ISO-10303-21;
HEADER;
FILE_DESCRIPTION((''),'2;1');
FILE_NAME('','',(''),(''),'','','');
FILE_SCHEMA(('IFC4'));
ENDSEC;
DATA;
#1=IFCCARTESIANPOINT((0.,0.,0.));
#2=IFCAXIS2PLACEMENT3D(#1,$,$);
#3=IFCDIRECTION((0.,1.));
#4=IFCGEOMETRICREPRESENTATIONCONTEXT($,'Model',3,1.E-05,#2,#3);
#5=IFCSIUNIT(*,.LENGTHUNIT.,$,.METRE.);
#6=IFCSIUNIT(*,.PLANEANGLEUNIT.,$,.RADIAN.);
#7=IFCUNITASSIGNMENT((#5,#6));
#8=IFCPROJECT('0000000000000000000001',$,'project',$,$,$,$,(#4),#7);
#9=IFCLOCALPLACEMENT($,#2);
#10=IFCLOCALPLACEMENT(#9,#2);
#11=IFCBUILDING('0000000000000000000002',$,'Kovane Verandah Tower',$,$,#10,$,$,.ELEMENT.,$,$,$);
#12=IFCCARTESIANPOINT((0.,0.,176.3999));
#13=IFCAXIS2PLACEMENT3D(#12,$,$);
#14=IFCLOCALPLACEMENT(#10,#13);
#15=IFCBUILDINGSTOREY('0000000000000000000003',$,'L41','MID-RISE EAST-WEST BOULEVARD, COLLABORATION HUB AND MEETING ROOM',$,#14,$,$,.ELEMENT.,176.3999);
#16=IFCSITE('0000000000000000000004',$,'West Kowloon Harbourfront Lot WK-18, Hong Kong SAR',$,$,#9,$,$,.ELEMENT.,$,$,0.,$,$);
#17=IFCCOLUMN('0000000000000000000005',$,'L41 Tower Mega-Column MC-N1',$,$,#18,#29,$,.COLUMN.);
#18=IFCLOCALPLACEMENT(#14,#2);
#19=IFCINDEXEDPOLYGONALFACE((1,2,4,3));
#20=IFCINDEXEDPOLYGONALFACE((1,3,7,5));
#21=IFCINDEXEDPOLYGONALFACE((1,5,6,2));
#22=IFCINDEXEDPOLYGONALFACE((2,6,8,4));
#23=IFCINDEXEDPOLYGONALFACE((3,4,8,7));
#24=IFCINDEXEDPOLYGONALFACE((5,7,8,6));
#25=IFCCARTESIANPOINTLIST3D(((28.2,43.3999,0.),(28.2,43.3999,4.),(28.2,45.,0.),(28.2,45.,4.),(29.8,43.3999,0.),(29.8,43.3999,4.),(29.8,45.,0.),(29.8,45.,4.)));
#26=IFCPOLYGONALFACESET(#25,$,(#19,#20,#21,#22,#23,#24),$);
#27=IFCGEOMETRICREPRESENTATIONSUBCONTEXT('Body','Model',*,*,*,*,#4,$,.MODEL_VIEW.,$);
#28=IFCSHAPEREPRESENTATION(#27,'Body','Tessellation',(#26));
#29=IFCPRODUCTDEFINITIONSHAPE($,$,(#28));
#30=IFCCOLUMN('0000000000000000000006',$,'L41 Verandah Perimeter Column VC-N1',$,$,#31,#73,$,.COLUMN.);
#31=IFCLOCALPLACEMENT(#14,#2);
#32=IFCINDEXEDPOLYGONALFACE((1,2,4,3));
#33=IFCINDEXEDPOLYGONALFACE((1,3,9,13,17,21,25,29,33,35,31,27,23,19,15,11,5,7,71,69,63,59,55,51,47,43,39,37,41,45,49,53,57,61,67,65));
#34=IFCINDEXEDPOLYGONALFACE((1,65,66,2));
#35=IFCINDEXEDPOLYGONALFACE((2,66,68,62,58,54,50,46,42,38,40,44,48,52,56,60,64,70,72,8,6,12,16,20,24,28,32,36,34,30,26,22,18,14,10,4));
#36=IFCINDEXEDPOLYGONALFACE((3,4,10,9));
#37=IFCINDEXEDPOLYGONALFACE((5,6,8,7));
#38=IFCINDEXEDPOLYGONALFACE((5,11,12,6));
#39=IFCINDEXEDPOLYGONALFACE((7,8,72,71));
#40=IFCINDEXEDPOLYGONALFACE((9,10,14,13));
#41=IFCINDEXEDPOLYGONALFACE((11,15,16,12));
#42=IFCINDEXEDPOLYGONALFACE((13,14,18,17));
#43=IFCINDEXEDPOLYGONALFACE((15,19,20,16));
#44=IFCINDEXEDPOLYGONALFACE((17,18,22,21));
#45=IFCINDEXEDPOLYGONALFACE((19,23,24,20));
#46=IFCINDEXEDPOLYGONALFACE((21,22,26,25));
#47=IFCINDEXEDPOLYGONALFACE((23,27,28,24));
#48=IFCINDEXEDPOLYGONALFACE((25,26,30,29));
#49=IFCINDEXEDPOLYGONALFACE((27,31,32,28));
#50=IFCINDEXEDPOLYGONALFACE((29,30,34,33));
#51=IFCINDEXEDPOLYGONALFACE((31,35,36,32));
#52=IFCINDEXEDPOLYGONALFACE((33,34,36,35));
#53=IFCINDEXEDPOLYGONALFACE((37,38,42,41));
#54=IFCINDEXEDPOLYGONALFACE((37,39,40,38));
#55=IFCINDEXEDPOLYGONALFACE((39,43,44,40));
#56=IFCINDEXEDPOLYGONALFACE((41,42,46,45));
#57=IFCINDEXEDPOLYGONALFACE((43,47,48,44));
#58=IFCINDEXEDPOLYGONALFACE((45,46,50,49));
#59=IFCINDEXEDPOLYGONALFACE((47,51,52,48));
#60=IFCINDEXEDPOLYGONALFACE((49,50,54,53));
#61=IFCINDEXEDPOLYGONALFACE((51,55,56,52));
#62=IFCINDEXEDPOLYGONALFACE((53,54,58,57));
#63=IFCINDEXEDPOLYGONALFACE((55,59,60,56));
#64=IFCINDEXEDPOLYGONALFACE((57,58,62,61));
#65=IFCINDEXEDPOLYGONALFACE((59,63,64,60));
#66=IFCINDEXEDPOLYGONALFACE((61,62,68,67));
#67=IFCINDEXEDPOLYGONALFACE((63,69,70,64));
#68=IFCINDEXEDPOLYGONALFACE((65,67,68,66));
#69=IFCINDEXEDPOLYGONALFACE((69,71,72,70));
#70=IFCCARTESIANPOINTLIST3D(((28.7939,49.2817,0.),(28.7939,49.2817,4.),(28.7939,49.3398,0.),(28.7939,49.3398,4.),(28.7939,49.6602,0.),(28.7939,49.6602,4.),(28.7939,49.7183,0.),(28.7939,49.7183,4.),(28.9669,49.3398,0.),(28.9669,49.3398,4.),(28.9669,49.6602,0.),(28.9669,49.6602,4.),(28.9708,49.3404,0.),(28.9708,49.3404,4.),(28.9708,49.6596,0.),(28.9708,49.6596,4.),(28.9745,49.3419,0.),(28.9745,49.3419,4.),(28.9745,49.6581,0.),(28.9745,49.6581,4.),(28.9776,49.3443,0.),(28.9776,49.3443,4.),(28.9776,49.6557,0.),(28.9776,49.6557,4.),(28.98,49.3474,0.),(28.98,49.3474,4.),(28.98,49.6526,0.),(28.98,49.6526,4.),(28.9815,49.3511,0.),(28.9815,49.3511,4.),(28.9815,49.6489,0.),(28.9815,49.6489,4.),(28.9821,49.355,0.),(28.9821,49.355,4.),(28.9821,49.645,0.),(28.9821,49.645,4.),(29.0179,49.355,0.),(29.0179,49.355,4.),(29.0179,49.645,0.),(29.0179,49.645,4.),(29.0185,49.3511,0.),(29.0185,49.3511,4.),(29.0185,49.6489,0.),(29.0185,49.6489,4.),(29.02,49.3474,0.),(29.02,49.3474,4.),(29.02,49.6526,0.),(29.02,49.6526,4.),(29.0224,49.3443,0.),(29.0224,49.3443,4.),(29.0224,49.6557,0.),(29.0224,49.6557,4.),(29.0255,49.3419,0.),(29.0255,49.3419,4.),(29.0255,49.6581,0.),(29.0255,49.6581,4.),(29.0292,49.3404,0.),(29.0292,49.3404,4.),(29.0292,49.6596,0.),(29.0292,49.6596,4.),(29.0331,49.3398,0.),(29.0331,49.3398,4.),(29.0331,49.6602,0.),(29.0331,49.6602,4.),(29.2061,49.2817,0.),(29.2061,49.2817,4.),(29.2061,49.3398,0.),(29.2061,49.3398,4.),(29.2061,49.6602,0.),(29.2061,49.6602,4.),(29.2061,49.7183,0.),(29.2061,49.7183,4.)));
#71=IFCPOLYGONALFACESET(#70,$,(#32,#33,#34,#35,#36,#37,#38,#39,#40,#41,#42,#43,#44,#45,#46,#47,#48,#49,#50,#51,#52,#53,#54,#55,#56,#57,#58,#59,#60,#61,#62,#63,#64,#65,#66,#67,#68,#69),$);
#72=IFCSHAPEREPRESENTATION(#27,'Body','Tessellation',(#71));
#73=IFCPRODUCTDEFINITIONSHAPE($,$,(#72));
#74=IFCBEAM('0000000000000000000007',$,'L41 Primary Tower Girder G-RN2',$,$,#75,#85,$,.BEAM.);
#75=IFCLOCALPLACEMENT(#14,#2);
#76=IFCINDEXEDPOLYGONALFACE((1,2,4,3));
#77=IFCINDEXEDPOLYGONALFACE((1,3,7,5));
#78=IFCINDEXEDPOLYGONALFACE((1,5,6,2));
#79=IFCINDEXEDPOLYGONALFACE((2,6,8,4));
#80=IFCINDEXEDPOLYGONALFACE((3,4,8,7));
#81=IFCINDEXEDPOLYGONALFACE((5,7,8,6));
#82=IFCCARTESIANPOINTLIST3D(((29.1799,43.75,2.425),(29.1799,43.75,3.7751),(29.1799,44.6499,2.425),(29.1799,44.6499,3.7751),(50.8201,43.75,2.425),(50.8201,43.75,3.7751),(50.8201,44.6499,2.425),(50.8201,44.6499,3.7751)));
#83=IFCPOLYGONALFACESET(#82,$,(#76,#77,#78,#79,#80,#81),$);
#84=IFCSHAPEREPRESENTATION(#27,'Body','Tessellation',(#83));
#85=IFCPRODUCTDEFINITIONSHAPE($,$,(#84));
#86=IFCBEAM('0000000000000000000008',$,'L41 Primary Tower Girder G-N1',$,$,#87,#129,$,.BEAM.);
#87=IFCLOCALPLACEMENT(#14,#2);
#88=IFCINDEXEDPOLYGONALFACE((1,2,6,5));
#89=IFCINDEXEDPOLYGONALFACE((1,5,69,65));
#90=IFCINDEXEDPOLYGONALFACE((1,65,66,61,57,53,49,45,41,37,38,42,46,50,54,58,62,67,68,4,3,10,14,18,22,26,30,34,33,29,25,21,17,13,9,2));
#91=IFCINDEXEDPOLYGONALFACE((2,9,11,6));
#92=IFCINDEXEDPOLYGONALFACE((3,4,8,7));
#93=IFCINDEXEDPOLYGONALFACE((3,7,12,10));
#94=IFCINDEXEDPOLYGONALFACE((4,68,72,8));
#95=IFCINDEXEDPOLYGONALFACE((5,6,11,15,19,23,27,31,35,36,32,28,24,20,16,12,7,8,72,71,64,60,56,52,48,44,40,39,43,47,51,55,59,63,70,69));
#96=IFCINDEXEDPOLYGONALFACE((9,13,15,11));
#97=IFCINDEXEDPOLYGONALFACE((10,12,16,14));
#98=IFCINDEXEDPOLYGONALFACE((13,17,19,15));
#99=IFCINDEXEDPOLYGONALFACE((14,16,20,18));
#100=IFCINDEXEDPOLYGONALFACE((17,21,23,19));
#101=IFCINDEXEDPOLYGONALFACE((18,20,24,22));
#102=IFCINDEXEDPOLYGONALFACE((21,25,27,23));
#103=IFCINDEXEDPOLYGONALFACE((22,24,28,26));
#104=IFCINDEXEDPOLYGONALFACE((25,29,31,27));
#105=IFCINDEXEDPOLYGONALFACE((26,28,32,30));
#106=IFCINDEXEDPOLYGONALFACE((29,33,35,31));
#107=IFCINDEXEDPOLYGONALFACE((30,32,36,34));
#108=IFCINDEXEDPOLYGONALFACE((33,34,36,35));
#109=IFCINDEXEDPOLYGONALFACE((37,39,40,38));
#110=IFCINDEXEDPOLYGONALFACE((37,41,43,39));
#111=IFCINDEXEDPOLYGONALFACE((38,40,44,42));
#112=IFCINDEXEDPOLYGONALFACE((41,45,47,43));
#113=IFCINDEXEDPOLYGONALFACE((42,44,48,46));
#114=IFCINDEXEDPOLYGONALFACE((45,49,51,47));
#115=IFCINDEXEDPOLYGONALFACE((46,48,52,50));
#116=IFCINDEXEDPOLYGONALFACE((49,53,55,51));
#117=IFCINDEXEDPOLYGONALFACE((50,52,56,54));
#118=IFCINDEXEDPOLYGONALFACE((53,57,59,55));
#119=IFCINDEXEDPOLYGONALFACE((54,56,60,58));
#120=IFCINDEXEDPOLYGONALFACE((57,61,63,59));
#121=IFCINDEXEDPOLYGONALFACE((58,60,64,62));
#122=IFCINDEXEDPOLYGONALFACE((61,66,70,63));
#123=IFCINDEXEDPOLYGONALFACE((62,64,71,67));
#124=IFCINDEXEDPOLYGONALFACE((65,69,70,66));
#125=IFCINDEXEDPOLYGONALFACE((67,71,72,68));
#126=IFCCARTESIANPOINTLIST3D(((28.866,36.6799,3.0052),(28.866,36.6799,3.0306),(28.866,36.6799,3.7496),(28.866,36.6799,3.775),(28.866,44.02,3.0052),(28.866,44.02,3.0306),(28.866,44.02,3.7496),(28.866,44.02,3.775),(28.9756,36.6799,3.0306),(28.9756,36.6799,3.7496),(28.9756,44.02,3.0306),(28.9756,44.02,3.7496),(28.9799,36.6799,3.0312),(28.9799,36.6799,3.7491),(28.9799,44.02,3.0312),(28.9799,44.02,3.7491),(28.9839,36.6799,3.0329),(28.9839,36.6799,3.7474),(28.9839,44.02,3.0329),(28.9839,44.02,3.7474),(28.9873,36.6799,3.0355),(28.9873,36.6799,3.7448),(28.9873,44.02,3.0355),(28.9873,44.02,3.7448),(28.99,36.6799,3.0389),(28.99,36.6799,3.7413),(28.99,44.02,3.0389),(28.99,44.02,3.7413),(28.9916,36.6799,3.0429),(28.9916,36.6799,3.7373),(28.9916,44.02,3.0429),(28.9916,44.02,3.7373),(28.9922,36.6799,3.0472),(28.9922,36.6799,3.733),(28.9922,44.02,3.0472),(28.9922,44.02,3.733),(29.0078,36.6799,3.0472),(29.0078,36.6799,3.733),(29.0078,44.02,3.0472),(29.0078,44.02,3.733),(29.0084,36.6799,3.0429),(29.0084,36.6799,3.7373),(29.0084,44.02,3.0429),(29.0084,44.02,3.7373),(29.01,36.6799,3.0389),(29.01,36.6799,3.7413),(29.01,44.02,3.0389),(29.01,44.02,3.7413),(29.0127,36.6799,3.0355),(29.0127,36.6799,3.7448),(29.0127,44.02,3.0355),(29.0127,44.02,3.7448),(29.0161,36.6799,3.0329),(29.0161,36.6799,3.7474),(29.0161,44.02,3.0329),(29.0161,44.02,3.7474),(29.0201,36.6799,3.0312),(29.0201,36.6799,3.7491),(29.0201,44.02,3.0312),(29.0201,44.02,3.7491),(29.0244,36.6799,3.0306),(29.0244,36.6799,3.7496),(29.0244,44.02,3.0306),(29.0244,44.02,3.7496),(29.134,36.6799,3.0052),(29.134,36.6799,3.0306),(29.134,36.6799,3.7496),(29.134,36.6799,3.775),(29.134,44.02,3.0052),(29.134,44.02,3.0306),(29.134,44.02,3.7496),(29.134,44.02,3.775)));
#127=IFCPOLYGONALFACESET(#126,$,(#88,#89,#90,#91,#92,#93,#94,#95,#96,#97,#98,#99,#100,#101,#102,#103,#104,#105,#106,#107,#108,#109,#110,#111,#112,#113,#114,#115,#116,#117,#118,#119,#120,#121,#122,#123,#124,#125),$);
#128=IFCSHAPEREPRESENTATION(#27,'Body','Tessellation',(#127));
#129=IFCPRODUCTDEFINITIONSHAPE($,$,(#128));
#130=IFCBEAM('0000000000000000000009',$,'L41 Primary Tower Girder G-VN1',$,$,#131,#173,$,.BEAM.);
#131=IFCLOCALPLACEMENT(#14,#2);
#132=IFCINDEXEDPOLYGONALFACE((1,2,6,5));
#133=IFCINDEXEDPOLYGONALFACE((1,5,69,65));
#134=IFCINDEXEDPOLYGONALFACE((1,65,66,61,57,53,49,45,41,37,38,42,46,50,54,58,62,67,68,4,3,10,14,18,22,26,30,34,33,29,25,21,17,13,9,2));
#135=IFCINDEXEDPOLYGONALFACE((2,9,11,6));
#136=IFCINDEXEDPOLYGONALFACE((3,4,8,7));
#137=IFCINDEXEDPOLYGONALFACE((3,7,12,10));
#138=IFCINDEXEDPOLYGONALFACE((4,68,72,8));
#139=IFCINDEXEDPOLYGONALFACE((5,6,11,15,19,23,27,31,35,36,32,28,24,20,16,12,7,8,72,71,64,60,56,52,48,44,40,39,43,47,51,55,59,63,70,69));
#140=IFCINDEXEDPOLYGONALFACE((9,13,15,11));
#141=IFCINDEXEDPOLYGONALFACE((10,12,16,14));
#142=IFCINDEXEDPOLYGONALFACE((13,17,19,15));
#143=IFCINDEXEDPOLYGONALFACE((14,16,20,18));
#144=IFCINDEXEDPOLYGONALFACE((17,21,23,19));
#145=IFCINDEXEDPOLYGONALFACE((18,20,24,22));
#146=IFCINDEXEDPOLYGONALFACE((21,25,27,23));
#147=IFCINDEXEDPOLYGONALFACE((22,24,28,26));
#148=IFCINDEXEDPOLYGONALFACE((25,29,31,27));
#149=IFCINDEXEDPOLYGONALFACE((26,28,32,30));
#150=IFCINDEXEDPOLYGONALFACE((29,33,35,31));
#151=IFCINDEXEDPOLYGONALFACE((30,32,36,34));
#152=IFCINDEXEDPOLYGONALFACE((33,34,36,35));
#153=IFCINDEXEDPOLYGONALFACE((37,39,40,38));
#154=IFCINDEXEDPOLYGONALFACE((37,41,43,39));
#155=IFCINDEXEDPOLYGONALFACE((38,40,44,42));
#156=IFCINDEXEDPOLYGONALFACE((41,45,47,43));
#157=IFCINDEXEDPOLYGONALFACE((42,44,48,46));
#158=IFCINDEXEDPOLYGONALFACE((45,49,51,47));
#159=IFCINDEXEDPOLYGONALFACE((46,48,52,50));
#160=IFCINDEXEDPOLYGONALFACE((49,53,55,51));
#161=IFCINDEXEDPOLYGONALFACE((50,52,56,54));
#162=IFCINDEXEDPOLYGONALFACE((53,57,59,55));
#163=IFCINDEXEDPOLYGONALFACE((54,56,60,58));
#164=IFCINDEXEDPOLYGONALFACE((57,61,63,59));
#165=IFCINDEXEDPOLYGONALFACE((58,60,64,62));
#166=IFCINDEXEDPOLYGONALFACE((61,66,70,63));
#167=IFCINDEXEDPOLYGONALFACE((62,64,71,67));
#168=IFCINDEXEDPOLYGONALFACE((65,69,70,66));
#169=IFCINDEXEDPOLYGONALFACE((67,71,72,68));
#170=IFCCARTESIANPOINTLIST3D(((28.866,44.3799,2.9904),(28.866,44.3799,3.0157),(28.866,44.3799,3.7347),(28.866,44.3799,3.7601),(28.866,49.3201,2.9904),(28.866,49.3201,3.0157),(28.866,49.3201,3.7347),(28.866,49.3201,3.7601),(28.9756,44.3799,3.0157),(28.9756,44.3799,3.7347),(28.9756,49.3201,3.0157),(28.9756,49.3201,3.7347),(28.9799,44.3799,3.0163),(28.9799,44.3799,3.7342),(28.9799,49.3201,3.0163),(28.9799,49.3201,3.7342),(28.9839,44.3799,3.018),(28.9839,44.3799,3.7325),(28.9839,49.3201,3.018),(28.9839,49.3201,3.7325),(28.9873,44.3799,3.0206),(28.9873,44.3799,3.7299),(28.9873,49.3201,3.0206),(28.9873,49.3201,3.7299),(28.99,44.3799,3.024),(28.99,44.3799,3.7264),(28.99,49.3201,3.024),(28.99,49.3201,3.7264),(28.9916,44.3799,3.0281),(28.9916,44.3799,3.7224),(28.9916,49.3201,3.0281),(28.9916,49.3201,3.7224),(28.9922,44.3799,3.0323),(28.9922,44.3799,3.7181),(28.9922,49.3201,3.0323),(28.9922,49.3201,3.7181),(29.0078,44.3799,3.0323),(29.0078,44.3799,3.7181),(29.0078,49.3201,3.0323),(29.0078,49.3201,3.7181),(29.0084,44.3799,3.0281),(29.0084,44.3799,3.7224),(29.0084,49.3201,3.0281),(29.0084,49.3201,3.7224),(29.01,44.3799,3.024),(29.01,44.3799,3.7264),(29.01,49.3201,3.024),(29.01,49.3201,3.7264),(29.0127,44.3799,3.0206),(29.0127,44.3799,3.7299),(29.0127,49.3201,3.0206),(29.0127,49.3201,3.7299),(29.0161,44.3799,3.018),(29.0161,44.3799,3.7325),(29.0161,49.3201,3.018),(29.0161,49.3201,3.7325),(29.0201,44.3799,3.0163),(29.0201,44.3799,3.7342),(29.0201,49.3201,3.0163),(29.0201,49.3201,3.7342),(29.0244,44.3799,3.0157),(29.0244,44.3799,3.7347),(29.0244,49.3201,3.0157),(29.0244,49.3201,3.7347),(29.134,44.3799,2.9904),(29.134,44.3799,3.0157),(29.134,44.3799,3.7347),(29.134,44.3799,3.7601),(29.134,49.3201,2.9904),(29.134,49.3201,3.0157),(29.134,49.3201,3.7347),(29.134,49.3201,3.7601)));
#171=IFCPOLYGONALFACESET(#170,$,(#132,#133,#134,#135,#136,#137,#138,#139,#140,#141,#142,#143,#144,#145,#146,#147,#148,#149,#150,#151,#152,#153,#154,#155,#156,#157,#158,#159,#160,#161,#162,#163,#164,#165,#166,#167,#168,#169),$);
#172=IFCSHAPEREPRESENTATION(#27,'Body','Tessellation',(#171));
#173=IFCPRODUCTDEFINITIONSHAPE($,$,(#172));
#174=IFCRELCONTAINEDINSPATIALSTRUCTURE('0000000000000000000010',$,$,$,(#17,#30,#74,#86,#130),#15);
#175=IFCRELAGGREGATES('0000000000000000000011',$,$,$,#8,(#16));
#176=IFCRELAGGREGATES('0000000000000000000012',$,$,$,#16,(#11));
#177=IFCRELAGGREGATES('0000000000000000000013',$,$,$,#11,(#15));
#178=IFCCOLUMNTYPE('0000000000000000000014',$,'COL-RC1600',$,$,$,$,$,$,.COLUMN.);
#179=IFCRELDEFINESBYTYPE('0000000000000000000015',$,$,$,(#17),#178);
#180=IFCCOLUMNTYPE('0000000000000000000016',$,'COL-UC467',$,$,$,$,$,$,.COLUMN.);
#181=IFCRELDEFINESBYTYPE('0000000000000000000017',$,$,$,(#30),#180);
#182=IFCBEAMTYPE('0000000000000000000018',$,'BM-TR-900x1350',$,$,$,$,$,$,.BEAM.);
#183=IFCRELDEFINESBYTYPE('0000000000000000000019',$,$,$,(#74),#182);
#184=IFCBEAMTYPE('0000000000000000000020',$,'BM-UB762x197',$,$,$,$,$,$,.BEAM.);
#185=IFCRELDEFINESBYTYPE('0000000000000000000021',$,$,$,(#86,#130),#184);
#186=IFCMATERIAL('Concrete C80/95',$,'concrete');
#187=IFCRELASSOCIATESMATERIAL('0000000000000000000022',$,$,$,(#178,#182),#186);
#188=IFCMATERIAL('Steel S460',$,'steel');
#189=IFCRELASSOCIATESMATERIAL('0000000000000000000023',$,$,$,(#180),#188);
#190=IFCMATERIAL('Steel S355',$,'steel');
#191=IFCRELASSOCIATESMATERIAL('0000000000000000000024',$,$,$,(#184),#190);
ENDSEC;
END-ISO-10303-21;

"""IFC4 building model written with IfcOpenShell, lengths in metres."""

from ifc_helpers import new_model, si_unit, direction, frame, origin, origin_2d, place, context, subcontext, project, spatial, rectangle, i_section, extrude, material, material_profile, profile_set, type_object, element, save


model = new_model("IFC4")

# Units and contexts
model_context = context("Model", 3, precision=1e-05, world=origin(), true_north=direction((0.0, 1.0)))
body_context = subcontext(model_context, "Body", "Model", "MODEL_VIEW")
ifc_project = project(units=[si_unit("LENGTHUNIT", "METRE"), si_unit("PLANEANGLEUNIT", "RADIAN")], contexts=[model_context])

# Site, building, storey
site_placement = place(None, origin())
site = spatial("IfcSite", under=ifc_project, at=site_placement, Name="West Kowloon Harbourfront Lot WK-18, Hong Kong SAR", CompositionType="ELEMENT", RefElevation=0.0)
building_placement = place(site_placement, origin())
building = spatial("IfcBuilding", under=site, at=building_placement, Name="Kovane Verandah Tower", CompositionType="ELEMENT")
storey_placement = place(building_placement, frame((0.0, 0.0, 176.3999)))
storey = spatial("IfcBuildingStorey", under=building, at=storey_placement, Name="L41", Description="MID-RISE EAST-WEST BOULEVARD, COLLABORATION HUB AND MEETING ROOM", CompositionType="ELEMENT", Elevation=176.3999)

# Columns
ifc_material_1 = material(Name="Concrete C80/95", Category="concrete")
ifc_material_profile_1 = material_profile(ifc_material_1, rectangle(XDim=1.6001, YDim=1.6001, at=origin_2d()), Name="RC1600x1600")
ifc_profile_set_1 = profile_set([ifc_material_profile_1], Name="Concrete C80/95")
column_type_1 = type_object("IfcColumnType", Name="COL-RC1600", PredefinedType="COLUMN", material=ifc_profile_set_1)
column_1_placement = place(storey_placement, frame((29.0, 44.2, 0.0), z_axis=(0.0, 0.0, 1.0), x_axis=(1.0, 0.0, 0.0)))
element("IfcColumn", 1, at=column_1_placement, inside=storey, type_object=column_type_1, Name="L41 Tower Mega-Column MC-N1", PredefinedType="COLUMN", context=body_context, shape_type="SweptSolid", body=[
    extrude(rectangle(XDim=1.6001, YDim=1.6001, at=origin_2d()), origin(), (0.0, 0.0, 1.0), 4.0),
])
ifc_material_2 = material(Name="Steel S460", Category="steel")
ifc_material_profile_2 = material_profile(ifc_material_2, i_section(OverallWidth=0.4121, OverallDepth=0.4365, WebThickness=0.0359, FlangeThickness=0.0581, FilletRadius=0.0151, at=origin_2d()), Name="UC356x406x467")
ifc_profile_set_2 = profile_set([ifc_material_profile_2], Name="Steel S460")
column_type_2 = type_object("IfcColumnType", Name="COL-UC467", PredefinedType="COLUMN", material=ifc_profile_set_2)
column_2_placement = place(storey_placement, frame((29.0, 49.5, 0.0), z_axis=(0.0, 0.0, 1.0), x_axis=(1.0, 0.0, 0.0)))
element("IfcColumn", 2, at=column_2_placement, inside=storey, type_object=column_type_2, Name="L41 Verandah Perimeter Column VC-N1", PredefinedType="COLUMN", context=body_context, shape_type="SweptSolid", body=[
    extrude(i_section(OverallWidth=0.4121, OverallDepth=0.4365, WebThickness=0.0359, FlangeThickness=0.0581, FilletRadius=0.0151, at=origin_2d()), origin(), (0.0, 0.0, 1.0), 4.0),
])

# Beams
ifc_material_profile_3 = material_profile(ifc_material_1, rectangle(XDim=0.8999, YDim=1.3501, at=origin_2d()), Name="RCB900x1350")
ifc_profile_set_3 = profile_set([ifc_material_profile_3], Name="Concrete C80/95")
beam_type_1 = type_object("IfcBeamType", Name="BM-TR-900x1350", PredefinedType="BEAM", material=ifc_profile_set_3)
beam_1_placement = place(storey_placement, frame((29.1799, 44.2, 3.1001), z_axis=(1.0, 0.0, 0.0), x_axis=(0.0, 1.0, 0.0)))
element("IfcBeam", 3, at=beam_1_placement, inside=storey, type_object=beam_type_1, Name="L41 Primary Tower Girder G-RN2", PredefinedType="BEAM", context=body_context, shape_type="SweptSolid", body=[
    extrude(rectangle(XDim=0.8999, YDim=1.3501, at=origin_2d()), origin(), (0.0, 0.0, 1.0), 21.6401),
])
ifc_material_3 = material(Name="Steel S355", Category="steel")
ifc_material_profile_4 = material_profile(ifc_material_3, i_section(OverallWidth=0.2681, OverallDepth=0.7698, WebThickness=0.0156, FlangeThickness=0.0254, FilletRadius=0.0166, at=origin_2d()), Name="UB762x267x197")
ifc_profile_set_4 = profile_set([ifc_material_profile_4], Name="Steel S355")
beam_type_2 = type_object("IfcBeamType", Name="BM-UB762x197", PredefinedType="BEAM", material=ifc_profile_set_4)
beam_2_placement = place(storey_placement, frame((29.0, 36.6799, 3.3901), z_axis=(0.0, 1.0, 0.0), x_axis=(-1.0, 0.0, 0.0)))
element("IfcBeam", 4, at=beam_2_placement, inside=storey, type_object=beam_type_2, Name="L41 Primary Tower Girder G-N1", PredefinedType="BEAM", context=body_context, shape_type="SweptSolid", body=[
    extrude(i_section(OverallWidth=0.2681, OverallDepth=0.7698, WebThickness=0.0156, FlangeThickness=0.0254, FilletRadius=0.0166, at=origin_2d()), origin(), (0.0, 0.0, 1.0), 7.3401),
])
beam_3_placement = place(storey_placement, frame((29.0, 44.3799, 3.3752), z_axis=(0.0, 1.0, 0.0), x_axis=(-1.0, 0.0, 0.0)))
element("IfcBeam", 5, at=beam_3_placement, inside=storey, type_object=beam_type_2, Name="L41 Primary Tower Girder G-VN1", PredefinedType="BEAM", context=body_context, shape_type="SweptSolid", body=[
    extrude(i_section(OverallWidth=0.2681, OverallDepth=0.7698, WebThickness=0.0156, FlangeThickness=0.0254, FilletRadius=0.0166, at=origin_2d()), origin(), (0.0, 0.0, 1.0), 4.9402),
])

save(model, "model.ifc")
